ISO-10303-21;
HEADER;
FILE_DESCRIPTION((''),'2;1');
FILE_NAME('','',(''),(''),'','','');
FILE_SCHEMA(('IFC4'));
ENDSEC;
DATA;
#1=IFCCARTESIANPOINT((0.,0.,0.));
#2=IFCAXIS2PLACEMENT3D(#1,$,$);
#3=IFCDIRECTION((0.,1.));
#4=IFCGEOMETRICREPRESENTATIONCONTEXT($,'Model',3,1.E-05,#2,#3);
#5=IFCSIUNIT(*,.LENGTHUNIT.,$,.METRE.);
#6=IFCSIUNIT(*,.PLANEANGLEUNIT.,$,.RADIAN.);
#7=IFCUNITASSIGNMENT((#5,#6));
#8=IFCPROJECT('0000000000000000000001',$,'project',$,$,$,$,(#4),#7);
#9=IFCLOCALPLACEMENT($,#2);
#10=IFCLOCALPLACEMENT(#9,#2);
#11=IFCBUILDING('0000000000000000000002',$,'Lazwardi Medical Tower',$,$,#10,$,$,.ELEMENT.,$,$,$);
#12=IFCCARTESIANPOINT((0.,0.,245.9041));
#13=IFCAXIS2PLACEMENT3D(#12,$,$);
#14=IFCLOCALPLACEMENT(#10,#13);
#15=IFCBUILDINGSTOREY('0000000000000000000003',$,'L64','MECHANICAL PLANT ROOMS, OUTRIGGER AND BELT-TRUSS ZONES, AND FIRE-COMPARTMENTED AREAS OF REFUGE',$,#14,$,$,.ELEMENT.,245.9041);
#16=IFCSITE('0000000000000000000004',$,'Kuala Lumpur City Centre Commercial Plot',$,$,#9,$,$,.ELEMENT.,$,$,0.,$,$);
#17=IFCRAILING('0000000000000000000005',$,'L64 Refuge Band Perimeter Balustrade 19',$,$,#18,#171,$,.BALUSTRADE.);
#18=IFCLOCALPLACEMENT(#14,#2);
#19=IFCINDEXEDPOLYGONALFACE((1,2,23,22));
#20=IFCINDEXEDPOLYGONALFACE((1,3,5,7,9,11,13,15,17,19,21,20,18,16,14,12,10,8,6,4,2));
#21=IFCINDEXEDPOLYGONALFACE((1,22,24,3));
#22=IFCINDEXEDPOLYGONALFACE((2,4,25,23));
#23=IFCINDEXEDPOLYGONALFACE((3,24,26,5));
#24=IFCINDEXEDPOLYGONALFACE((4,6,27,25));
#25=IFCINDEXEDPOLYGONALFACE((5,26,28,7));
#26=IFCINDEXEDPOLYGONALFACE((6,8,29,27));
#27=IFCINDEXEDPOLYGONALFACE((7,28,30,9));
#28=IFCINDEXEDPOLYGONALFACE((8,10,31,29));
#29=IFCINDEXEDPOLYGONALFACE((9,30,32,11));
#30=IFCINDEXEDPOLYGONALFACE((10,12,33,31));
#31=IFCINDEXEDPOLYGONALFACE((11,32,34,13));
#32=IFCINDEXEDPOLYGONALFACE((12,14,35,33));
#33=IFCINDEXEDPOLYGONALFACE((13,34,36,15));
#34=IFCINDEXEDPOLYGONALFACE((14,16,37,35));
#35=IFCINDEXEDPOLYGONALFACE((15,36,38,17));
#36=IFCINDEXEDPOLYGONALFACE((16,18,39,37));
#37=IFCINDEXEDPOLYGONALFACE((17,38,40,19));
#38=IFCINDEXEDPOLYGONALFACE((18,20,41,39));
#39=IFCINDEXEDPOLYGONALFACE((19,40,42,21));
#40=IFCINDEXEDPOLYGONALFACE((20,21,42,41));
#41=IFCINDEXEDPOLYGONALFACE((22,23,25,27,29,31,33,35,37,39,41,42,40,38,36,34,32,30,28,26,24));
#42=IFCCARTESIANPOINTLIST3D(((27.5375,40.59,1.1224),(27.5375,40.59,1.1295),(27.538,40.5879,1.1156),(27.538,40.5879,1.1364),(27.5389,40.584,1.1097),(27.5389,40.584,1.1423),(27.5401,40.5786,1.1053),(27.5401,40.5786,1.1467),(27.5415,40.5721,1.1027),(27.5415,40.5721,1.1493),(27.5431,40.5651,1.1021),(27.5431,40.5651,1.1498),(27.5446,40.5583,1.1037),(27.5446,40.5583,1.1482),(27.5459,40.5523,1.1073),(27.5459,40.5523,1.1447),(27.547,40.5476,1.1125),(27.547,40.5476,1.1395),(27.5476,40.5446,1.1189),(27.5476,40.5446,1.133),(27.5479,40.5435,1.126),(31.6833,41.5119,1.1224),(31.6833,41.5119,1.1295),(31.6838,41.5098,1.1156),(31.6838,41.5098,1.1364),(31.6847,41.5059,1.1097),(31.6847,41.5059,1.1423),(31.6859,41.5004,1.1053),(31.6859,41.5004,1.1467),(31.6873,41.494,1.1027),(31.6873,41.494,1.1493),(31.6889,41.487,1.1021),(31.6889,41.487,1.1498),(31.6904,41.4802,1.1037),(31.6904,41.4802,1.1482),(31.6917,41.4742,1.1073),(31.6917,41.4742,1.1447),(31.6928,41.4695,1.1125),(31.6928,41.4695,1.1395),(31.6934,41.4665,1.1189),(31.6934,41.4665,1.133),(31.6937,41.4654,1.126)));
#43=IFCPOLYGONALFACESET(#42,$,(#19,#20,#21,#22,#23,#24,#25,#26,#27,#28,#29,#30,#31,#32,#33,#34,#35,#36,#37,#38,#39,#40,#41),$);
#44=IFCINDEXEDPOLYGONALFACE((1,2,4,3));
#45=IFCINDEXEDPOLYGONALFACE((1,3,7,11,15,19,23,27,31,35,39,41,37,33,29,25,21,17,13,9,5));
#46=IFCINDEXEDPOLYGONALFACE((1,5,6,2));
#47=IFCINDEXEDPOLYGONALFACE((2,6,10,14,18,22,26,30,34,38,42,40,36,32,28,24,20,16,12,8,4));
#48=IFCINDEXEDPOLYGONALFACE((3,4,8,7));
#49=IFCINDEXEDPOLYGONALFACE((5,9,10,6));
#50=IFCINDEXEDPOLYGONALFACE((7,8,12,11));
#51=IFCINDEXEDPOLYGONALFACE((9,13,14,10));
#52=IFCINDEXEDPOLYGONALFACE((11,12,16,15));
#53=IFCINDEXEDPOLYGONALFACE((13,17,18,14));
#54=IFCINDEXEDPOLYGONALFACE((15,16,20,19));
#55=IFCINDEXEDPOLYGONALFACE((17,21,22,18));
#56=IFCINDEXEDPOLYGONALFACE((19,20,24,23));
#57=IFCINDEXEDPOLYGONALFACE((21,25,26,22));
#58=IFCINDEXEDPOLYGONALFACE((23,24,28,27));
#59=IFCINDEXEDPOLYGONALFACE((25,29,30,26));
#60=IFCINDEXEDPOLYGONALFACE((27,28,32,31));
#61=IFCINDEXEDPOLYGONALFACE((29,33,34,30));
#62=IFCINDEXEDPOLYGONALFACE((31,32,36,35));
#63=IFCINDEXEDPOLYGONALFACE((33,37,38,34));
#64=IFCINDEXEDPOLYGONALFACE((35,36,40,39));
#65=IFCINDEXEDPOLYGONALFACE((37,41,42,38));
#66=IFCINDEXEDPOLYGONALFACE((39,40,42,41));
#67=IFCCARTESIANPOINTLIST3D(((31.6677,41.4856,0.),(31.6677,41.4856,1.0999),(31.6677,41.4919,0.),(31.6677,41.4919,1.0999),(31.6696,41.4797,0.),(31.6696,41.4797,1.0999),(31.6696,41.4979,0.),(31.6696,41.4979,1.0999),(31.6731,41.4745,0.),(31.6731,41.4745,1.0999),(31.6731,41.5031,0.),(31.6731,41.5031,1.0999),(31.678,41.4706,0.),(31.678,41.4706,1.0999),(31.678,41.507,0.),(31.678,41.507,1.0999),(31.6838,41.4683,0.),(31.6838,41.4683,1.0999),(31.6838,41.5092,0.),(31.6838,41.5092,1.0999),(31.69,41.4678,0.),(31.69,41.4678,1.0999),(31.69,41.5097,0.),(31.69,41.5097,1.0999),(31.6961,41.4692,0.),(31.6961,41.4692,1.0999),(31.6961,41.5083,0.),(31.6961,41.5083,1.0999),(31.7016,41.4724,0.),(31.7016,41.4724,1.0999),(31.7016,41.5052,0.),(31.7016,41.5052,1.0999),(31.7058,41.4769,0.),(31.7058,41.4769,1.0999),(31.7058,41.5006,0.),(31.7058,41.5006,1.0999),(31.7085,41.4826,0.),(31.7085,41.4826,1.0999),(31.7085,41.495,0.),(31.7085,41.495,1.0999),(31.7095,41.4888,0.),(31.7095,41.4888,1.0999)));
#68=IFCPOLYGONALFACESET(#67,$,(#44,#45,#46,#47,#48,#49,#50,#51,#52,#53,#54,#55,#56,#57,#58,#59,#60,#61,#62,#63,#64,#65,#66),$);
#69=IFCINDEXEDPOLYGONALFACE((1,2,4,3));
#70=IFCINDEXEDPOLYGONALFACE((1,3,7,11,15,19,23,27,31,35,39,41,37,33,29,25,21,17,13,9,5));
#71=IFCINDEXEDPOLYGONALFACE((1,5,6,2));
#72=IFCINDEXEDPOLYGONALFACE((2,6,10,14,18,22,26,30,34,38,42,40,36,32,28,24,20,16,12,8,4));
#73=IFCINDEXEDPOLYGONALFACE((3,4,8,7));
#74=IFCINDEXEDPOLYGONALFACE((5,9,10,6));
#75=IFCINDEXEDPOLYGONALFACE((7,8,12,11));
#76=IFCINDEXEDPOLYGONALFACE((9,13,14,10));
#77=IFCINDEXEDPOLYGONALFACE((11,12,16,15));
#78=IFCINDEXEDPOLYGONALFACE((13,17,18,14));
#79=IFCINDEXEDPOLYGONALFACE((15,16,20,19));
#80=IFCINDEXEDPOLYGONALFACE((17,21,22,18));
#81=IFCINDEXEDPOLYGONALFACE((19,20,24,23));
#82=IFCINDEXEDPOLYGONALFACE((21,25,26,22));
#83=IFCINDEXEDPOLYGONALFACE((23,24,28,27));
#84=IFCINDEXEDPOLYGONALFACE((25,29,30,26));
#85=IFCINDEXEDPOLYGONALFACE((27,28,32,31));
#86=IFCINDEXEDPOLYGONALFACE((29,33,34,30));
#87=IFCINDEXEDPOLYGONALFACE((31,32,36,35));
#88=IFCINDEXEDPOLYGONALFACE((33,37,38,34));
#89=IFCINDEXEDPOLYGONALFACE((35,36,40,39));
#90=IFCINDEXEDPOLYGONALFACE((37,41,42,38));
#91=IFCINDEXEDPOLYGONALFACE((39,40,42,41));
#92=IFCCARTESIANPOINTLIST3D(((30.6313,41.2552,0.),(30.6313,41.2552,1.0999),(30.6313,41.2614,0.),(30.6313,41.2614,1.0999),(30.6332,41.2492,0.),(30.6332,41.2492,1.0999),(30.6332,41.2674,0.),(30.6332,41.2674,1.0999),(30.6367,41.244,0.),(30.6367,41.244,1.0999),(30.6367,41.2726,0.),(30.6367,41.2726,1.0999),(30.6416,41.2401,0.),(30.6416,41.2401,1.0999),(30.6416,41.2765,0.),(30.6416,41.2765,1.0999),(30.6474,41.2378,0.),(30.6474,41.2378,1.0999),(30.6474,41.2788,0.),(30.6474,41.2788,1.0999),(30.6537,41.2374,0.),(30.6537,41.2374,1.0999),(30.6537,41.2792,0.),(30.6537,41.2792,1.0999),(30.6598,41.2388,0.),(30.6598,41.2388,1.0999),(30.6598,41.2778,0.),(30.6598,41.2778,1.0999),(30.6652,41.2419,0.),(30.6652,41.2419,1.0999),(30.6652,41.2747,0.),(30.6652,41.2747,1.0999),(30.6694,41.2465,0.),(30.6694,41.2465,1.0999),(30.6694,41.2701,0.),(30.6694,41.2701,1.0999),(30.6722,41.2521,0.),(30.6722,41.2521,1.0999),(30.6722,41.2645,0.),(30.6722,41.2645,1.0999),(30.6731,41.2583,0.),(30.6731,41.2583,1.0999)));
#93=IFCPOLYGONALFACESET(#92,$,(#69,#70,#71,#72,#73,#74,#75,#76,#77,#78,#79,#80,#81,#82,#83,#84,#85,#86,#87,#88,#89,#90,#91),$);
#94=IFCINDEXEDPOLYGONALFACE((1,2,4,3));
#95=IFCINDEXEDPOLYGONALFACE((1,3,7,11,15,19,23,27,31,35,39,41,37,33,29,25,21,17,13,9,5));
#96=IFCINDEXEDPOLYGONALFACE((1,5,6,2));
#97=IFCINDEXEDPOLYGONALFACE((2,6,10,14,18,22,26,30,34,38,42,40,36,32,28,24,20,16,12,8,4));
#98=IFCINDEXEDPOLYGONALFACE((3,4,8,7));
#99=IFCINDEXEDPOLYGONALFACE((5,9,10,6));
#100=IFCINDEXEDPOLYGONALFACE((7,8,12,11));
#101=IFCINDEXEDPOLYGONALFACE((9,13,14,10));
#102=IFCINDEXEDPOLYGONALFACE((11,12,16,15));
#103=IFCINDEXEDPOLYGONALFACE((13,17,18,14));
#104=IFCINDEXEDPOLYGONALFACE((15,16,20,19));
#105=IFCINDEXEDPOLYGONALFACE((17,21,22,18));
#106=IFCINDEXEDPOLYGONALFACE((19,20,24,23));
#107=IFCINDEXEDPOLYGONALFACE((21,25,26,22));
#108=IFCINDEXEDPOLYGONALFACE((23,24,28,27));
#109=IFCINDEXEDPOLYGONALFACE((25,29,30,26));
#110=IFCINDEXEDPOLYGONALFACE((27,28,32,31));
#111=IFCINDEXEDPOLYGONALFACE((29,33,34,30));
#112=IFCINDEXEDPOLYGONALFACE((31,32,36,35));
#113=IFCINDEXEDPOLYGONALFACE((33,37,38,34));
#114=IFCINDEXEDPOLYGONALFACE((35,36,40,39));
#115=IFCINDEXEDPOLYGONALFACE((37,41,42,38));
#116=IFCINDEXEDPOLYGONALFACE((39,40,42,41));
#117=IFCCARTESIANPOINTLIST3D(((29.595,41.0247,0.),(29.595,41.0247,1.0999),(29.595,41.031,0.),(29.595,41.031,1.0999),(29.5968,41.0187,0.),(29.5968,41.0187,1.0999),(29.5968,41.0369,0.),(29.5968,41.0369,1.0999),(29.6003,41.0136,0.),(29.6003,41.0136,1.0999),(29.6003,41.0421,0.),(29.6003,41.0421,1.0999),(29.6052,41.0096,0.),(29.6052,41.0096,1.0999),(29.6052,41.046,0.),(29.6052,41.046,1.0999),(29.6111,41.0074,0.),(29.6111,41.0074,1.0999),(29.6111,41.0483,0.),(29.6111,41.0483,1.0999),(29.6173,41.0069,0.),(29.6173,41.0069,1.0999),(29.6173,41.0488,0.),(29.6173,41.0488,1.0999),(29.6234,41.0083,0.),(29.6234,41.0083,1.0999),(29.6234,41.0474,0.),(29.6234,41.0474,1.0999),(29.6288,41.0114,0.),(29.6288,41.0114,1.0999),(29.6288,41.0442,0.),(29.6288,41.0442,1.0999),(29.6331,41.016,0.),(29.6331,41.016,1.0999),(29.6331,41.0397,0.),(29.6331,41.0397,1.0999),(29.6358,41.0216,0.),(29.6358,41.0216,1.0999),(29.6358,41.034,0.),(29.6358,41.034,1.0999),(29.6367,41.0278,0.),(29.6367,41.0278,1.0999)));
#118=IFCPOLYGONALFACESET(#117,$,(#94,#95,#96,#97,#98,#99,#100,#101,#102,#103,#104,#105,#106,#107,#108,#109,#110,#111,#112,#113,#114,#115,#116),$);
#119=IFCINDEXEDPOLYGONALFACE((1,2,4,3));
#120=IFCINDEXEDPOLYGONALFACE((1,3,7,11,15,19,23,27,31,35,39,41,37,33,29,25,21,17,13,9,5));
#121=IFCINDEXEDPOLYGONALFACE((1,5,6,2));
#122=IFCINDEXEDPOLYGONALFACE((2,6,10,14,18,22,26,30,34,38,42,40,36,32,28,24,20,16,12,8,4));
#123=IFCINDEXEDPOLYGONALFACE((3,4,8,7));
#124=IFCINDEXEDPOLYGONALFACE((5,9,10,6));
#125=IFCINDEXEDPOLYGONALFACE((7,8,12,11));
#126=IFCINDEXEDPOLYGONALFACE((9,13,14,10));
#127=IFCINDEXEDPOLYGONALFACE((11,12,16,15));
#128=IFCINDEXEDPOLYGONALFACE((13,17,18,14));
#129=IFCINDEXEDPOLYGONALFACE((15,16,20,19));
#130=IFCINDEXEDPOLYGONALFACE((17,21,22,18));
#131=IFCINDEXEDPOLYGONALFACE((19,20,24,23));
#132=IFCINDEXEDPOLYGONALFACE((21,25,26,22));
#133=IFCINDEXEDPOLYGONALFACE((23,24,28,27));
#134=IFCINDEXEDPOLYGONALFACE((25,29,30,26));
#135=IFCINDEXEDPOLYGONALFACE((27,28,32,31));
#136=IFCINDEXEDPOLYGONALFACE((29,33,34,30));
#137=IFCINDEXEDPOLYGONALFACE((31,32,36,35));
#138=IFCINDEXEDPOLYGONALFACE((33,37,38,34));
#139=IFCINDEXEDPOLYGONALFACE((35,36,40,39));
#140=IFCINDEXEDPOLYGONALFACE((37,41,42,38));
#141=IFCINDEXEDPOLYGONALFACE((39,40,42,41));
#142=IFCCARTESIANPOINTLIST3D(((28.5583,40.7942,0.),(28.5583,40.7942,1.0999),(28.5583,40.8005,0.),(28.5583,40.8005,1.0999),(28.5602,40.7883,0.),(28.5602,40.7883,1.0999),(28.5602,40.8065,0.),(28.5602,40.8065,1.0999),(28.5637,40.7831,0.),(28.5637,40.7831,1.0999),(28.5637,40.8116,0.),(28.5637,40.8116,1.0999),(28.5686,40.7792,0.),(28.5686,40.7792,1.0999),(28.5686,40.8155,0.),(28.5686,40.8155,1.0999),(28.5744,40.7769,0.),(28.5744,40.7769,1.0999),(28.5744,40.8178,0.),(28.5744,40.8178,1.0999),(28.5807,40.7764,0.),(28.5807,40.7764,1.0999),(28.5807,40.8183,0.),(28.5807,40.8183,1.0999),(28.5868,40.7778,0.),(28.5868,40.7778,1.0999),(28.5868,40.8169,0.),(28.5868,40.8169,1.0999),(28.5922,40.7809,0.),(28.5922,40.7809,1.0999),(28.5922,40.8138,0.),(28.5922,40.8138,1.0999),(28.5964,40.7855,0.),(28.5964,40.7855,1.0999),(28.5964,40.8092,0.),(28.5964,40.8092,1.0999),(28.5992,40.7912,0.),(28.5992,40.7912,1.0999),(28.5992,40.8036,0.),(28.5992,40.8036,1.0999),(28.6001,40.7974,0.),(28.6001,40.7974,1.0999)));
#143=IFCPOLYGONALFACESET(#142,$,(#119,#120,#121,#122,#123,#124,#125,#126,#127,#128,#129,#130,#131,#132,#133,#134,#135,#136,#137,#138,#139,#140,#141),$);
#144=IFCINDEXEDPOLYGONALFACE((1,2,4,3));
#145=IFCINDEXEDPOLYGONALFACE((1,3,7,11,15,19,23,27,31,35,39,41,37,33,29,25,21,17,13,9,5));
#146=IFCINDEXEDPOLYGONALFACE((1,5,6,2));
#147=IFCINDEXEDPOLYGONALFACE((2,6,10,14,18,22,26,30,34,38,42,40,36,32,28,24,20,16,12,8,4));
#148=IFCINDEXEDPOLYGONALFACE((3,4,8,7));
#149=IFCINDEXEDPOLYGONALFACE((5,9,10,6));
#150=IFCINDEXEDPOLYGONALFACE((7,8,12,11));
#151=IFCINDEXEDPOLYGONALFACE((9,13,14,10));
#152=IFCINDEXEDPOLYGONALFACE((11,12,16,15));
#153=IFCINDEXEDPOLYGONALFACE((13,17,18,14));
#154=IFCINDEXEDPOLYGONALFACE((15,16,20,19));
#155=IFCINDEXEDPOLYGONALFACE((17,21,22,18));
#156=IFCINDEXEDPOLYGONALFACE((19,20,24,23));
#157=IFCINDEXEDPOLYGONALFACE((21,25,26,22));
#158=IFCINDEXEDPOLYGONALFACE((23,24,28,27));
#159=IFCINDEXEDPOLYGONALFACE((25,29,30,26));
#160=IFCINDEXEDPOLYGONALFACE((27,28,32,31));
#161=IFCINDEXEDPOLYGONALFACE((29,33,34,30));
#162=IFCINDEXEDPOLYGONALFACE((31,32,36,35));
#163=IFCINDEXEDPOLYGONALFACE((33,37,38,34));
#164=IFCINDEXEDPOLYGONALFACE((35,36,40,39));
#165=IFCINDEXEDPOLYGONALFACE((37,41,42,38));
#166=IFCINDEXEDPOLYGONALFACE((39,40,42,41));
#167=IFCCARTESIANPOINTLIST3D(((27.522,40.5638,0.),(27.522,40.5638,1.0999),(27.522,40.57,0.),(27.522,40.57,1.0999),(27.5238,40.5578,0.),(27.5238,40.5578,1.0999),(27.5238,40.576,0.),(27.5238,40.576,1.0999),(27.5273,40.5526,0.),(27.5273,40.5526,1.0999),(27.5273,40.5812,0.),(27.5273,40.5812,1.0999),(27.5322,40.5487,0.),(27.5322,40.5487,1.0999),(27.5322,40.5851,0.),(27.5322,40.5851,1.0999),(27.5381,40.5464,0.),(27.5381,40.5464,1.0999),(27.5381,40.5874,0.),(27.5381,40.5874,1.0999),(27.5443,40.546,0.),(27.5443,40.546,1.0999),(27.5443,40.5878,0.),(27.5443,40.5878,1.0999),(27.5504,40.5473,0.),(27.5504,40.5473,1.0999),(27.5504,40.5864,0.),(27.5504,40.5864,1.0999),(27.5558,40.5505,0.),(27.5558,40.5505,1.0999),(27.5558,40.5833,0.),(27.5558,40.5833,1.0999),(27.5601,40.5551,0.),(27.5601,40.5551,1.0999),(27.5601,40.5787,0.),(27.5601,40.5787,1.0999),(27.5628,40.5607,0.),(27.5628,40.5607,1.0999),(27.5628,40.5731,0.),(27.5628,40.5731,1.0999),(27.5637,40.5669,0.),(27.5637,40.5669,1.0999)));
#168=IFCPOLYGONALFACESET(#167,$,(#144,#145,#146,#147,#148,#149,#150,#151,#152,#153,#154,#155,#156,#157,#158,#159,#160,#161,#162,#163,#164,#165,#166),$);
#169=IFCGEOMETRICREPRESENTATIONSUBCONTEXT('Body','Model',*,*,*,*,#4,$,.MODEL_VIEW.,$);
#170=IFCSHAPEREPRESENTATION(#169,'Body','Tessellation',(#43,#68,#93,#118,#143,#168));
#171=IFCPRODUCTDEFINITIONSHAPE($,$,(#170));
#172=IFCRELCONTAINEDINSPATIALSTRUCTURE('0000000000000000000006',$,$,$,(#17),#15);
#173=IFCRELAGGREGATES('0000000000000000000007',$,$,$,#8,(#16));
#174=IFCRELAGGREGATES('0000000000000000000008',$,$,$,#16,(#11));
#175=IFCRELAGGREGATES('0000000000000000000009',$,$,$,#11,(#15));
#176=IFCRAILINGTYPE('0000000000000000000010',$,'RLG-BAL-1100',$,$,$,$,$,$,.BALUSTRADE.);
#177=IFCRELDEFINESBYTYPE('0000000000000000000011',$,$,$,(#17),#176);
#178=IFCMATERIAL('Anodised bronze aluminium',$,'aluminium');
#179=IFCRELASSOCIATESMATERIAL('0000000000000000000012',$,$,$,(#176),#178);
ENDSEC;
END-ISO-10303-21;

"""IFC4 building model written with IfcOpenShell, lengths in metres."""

from ifc_helpers import new_model, si_unit, direction, frame, origin, origin_2d, place, context, subcontext, project, spatial, circle, extrude, material, type_object, element, save


model = new_model("IFC4")

# Units and contexts
model_context = context("Model", 3, precision=1e-05, world=origin(), true_north=direction((0.0, 1.0)))
body_context = subcontext(model_context, "Body", "Model", "MODEL_VIEW")
ifc_project = project(units=[si_unit("LENGTHUNIT", "METRE"), si_unit("PLANEANGLEUNIT", "RADIAN")], contexts=[model_context])

# Site, building, storey
site_placement = place(None, origin())
site = spatial("IfcSite", under=ifc_project, at=site_placement, Name="Kuala Lumpur City Centre Commercial Plot", CompositionType="ELEMENT", RefElevation=0.0)
building_placement = place(site_placement, origin())
building = spatial("IfcBuilding", under=site, at=building_placement, Name="Lazwardi Medical Tower", CompositionType="ELEMENT")
storey_placement = place(building_placement, frame((0.0, 0.0, 245.9041)))
storey = spatial("IfcBuildingStorey", under=building, at=storey_placement, Name="L64", Description="MECHANICAL PLANT ROOMS, OUTRIGGER AND BELT-TRUSS ZONES, AND FIRE-COMPARTMENTED AREAS OF REFUGE", CompositionType="ELEMENT", Elevation=245.9041)

# Railing
ifc_material_1 = material(Name="Anodised bronze aluminium", Category="aluminium")
railing_type = type_object("IfcRailingType", Name="RLG-BAL-1100", PredefinedType="BALUSTRADE", material=ifc_material_1)
railing_1_placement = place(storey_placement, frame((31.6885, 41.4888, 0.0)))
element("IfcRailing", 1, at=railing_1_placement, inside=storey, type_object=railing_type, Name="L64 Refuge Band Perimeter Balustrade 19", PredefinedType="BALUSTRADE", context=body_context, shape_type="SweptSolid", body=[
    extrude(circle(Radius=0.0239, at=origin_2d()), frame((0.0, 0.0, 1.126), z_axis=(-0.976157, -0.217064, 0.0), x_axis=(0.217064, -0.976157, 0.0)), (0.0, 0.0, 1.0), 4.2471),
    extrude(circle(Radius=0.021, at=origin_2d()), origin(), (0.0, 0.0, 1.0), 1.0999),
    extrude(circle(Radius=0.021, at=origin_2d()), frame((-1.0364, -0.2305, 0.0)), (0.0, 0.0, 1.0), 1.0999),
    extrude(circle(Radius=0.021, at=origin_2d()), frame((-2.0728, -0.4609, 0.0)), (0.0, 0.0, 1.0), 1.0999),
    extrude(circle(Radius=0.021, at=origin_2d()), frame((-3.1094, -0.6914, 0.0)), (0.0, 0.0, 1.0), 1.0999),
    extrude(circle(Radius=0.021, at=origin_2d()), frame((-4.1458, -0.9219, 0.0)), (0.0, 0.0, 1.0), 1.0999),
])

save(model, "model.ifc")
